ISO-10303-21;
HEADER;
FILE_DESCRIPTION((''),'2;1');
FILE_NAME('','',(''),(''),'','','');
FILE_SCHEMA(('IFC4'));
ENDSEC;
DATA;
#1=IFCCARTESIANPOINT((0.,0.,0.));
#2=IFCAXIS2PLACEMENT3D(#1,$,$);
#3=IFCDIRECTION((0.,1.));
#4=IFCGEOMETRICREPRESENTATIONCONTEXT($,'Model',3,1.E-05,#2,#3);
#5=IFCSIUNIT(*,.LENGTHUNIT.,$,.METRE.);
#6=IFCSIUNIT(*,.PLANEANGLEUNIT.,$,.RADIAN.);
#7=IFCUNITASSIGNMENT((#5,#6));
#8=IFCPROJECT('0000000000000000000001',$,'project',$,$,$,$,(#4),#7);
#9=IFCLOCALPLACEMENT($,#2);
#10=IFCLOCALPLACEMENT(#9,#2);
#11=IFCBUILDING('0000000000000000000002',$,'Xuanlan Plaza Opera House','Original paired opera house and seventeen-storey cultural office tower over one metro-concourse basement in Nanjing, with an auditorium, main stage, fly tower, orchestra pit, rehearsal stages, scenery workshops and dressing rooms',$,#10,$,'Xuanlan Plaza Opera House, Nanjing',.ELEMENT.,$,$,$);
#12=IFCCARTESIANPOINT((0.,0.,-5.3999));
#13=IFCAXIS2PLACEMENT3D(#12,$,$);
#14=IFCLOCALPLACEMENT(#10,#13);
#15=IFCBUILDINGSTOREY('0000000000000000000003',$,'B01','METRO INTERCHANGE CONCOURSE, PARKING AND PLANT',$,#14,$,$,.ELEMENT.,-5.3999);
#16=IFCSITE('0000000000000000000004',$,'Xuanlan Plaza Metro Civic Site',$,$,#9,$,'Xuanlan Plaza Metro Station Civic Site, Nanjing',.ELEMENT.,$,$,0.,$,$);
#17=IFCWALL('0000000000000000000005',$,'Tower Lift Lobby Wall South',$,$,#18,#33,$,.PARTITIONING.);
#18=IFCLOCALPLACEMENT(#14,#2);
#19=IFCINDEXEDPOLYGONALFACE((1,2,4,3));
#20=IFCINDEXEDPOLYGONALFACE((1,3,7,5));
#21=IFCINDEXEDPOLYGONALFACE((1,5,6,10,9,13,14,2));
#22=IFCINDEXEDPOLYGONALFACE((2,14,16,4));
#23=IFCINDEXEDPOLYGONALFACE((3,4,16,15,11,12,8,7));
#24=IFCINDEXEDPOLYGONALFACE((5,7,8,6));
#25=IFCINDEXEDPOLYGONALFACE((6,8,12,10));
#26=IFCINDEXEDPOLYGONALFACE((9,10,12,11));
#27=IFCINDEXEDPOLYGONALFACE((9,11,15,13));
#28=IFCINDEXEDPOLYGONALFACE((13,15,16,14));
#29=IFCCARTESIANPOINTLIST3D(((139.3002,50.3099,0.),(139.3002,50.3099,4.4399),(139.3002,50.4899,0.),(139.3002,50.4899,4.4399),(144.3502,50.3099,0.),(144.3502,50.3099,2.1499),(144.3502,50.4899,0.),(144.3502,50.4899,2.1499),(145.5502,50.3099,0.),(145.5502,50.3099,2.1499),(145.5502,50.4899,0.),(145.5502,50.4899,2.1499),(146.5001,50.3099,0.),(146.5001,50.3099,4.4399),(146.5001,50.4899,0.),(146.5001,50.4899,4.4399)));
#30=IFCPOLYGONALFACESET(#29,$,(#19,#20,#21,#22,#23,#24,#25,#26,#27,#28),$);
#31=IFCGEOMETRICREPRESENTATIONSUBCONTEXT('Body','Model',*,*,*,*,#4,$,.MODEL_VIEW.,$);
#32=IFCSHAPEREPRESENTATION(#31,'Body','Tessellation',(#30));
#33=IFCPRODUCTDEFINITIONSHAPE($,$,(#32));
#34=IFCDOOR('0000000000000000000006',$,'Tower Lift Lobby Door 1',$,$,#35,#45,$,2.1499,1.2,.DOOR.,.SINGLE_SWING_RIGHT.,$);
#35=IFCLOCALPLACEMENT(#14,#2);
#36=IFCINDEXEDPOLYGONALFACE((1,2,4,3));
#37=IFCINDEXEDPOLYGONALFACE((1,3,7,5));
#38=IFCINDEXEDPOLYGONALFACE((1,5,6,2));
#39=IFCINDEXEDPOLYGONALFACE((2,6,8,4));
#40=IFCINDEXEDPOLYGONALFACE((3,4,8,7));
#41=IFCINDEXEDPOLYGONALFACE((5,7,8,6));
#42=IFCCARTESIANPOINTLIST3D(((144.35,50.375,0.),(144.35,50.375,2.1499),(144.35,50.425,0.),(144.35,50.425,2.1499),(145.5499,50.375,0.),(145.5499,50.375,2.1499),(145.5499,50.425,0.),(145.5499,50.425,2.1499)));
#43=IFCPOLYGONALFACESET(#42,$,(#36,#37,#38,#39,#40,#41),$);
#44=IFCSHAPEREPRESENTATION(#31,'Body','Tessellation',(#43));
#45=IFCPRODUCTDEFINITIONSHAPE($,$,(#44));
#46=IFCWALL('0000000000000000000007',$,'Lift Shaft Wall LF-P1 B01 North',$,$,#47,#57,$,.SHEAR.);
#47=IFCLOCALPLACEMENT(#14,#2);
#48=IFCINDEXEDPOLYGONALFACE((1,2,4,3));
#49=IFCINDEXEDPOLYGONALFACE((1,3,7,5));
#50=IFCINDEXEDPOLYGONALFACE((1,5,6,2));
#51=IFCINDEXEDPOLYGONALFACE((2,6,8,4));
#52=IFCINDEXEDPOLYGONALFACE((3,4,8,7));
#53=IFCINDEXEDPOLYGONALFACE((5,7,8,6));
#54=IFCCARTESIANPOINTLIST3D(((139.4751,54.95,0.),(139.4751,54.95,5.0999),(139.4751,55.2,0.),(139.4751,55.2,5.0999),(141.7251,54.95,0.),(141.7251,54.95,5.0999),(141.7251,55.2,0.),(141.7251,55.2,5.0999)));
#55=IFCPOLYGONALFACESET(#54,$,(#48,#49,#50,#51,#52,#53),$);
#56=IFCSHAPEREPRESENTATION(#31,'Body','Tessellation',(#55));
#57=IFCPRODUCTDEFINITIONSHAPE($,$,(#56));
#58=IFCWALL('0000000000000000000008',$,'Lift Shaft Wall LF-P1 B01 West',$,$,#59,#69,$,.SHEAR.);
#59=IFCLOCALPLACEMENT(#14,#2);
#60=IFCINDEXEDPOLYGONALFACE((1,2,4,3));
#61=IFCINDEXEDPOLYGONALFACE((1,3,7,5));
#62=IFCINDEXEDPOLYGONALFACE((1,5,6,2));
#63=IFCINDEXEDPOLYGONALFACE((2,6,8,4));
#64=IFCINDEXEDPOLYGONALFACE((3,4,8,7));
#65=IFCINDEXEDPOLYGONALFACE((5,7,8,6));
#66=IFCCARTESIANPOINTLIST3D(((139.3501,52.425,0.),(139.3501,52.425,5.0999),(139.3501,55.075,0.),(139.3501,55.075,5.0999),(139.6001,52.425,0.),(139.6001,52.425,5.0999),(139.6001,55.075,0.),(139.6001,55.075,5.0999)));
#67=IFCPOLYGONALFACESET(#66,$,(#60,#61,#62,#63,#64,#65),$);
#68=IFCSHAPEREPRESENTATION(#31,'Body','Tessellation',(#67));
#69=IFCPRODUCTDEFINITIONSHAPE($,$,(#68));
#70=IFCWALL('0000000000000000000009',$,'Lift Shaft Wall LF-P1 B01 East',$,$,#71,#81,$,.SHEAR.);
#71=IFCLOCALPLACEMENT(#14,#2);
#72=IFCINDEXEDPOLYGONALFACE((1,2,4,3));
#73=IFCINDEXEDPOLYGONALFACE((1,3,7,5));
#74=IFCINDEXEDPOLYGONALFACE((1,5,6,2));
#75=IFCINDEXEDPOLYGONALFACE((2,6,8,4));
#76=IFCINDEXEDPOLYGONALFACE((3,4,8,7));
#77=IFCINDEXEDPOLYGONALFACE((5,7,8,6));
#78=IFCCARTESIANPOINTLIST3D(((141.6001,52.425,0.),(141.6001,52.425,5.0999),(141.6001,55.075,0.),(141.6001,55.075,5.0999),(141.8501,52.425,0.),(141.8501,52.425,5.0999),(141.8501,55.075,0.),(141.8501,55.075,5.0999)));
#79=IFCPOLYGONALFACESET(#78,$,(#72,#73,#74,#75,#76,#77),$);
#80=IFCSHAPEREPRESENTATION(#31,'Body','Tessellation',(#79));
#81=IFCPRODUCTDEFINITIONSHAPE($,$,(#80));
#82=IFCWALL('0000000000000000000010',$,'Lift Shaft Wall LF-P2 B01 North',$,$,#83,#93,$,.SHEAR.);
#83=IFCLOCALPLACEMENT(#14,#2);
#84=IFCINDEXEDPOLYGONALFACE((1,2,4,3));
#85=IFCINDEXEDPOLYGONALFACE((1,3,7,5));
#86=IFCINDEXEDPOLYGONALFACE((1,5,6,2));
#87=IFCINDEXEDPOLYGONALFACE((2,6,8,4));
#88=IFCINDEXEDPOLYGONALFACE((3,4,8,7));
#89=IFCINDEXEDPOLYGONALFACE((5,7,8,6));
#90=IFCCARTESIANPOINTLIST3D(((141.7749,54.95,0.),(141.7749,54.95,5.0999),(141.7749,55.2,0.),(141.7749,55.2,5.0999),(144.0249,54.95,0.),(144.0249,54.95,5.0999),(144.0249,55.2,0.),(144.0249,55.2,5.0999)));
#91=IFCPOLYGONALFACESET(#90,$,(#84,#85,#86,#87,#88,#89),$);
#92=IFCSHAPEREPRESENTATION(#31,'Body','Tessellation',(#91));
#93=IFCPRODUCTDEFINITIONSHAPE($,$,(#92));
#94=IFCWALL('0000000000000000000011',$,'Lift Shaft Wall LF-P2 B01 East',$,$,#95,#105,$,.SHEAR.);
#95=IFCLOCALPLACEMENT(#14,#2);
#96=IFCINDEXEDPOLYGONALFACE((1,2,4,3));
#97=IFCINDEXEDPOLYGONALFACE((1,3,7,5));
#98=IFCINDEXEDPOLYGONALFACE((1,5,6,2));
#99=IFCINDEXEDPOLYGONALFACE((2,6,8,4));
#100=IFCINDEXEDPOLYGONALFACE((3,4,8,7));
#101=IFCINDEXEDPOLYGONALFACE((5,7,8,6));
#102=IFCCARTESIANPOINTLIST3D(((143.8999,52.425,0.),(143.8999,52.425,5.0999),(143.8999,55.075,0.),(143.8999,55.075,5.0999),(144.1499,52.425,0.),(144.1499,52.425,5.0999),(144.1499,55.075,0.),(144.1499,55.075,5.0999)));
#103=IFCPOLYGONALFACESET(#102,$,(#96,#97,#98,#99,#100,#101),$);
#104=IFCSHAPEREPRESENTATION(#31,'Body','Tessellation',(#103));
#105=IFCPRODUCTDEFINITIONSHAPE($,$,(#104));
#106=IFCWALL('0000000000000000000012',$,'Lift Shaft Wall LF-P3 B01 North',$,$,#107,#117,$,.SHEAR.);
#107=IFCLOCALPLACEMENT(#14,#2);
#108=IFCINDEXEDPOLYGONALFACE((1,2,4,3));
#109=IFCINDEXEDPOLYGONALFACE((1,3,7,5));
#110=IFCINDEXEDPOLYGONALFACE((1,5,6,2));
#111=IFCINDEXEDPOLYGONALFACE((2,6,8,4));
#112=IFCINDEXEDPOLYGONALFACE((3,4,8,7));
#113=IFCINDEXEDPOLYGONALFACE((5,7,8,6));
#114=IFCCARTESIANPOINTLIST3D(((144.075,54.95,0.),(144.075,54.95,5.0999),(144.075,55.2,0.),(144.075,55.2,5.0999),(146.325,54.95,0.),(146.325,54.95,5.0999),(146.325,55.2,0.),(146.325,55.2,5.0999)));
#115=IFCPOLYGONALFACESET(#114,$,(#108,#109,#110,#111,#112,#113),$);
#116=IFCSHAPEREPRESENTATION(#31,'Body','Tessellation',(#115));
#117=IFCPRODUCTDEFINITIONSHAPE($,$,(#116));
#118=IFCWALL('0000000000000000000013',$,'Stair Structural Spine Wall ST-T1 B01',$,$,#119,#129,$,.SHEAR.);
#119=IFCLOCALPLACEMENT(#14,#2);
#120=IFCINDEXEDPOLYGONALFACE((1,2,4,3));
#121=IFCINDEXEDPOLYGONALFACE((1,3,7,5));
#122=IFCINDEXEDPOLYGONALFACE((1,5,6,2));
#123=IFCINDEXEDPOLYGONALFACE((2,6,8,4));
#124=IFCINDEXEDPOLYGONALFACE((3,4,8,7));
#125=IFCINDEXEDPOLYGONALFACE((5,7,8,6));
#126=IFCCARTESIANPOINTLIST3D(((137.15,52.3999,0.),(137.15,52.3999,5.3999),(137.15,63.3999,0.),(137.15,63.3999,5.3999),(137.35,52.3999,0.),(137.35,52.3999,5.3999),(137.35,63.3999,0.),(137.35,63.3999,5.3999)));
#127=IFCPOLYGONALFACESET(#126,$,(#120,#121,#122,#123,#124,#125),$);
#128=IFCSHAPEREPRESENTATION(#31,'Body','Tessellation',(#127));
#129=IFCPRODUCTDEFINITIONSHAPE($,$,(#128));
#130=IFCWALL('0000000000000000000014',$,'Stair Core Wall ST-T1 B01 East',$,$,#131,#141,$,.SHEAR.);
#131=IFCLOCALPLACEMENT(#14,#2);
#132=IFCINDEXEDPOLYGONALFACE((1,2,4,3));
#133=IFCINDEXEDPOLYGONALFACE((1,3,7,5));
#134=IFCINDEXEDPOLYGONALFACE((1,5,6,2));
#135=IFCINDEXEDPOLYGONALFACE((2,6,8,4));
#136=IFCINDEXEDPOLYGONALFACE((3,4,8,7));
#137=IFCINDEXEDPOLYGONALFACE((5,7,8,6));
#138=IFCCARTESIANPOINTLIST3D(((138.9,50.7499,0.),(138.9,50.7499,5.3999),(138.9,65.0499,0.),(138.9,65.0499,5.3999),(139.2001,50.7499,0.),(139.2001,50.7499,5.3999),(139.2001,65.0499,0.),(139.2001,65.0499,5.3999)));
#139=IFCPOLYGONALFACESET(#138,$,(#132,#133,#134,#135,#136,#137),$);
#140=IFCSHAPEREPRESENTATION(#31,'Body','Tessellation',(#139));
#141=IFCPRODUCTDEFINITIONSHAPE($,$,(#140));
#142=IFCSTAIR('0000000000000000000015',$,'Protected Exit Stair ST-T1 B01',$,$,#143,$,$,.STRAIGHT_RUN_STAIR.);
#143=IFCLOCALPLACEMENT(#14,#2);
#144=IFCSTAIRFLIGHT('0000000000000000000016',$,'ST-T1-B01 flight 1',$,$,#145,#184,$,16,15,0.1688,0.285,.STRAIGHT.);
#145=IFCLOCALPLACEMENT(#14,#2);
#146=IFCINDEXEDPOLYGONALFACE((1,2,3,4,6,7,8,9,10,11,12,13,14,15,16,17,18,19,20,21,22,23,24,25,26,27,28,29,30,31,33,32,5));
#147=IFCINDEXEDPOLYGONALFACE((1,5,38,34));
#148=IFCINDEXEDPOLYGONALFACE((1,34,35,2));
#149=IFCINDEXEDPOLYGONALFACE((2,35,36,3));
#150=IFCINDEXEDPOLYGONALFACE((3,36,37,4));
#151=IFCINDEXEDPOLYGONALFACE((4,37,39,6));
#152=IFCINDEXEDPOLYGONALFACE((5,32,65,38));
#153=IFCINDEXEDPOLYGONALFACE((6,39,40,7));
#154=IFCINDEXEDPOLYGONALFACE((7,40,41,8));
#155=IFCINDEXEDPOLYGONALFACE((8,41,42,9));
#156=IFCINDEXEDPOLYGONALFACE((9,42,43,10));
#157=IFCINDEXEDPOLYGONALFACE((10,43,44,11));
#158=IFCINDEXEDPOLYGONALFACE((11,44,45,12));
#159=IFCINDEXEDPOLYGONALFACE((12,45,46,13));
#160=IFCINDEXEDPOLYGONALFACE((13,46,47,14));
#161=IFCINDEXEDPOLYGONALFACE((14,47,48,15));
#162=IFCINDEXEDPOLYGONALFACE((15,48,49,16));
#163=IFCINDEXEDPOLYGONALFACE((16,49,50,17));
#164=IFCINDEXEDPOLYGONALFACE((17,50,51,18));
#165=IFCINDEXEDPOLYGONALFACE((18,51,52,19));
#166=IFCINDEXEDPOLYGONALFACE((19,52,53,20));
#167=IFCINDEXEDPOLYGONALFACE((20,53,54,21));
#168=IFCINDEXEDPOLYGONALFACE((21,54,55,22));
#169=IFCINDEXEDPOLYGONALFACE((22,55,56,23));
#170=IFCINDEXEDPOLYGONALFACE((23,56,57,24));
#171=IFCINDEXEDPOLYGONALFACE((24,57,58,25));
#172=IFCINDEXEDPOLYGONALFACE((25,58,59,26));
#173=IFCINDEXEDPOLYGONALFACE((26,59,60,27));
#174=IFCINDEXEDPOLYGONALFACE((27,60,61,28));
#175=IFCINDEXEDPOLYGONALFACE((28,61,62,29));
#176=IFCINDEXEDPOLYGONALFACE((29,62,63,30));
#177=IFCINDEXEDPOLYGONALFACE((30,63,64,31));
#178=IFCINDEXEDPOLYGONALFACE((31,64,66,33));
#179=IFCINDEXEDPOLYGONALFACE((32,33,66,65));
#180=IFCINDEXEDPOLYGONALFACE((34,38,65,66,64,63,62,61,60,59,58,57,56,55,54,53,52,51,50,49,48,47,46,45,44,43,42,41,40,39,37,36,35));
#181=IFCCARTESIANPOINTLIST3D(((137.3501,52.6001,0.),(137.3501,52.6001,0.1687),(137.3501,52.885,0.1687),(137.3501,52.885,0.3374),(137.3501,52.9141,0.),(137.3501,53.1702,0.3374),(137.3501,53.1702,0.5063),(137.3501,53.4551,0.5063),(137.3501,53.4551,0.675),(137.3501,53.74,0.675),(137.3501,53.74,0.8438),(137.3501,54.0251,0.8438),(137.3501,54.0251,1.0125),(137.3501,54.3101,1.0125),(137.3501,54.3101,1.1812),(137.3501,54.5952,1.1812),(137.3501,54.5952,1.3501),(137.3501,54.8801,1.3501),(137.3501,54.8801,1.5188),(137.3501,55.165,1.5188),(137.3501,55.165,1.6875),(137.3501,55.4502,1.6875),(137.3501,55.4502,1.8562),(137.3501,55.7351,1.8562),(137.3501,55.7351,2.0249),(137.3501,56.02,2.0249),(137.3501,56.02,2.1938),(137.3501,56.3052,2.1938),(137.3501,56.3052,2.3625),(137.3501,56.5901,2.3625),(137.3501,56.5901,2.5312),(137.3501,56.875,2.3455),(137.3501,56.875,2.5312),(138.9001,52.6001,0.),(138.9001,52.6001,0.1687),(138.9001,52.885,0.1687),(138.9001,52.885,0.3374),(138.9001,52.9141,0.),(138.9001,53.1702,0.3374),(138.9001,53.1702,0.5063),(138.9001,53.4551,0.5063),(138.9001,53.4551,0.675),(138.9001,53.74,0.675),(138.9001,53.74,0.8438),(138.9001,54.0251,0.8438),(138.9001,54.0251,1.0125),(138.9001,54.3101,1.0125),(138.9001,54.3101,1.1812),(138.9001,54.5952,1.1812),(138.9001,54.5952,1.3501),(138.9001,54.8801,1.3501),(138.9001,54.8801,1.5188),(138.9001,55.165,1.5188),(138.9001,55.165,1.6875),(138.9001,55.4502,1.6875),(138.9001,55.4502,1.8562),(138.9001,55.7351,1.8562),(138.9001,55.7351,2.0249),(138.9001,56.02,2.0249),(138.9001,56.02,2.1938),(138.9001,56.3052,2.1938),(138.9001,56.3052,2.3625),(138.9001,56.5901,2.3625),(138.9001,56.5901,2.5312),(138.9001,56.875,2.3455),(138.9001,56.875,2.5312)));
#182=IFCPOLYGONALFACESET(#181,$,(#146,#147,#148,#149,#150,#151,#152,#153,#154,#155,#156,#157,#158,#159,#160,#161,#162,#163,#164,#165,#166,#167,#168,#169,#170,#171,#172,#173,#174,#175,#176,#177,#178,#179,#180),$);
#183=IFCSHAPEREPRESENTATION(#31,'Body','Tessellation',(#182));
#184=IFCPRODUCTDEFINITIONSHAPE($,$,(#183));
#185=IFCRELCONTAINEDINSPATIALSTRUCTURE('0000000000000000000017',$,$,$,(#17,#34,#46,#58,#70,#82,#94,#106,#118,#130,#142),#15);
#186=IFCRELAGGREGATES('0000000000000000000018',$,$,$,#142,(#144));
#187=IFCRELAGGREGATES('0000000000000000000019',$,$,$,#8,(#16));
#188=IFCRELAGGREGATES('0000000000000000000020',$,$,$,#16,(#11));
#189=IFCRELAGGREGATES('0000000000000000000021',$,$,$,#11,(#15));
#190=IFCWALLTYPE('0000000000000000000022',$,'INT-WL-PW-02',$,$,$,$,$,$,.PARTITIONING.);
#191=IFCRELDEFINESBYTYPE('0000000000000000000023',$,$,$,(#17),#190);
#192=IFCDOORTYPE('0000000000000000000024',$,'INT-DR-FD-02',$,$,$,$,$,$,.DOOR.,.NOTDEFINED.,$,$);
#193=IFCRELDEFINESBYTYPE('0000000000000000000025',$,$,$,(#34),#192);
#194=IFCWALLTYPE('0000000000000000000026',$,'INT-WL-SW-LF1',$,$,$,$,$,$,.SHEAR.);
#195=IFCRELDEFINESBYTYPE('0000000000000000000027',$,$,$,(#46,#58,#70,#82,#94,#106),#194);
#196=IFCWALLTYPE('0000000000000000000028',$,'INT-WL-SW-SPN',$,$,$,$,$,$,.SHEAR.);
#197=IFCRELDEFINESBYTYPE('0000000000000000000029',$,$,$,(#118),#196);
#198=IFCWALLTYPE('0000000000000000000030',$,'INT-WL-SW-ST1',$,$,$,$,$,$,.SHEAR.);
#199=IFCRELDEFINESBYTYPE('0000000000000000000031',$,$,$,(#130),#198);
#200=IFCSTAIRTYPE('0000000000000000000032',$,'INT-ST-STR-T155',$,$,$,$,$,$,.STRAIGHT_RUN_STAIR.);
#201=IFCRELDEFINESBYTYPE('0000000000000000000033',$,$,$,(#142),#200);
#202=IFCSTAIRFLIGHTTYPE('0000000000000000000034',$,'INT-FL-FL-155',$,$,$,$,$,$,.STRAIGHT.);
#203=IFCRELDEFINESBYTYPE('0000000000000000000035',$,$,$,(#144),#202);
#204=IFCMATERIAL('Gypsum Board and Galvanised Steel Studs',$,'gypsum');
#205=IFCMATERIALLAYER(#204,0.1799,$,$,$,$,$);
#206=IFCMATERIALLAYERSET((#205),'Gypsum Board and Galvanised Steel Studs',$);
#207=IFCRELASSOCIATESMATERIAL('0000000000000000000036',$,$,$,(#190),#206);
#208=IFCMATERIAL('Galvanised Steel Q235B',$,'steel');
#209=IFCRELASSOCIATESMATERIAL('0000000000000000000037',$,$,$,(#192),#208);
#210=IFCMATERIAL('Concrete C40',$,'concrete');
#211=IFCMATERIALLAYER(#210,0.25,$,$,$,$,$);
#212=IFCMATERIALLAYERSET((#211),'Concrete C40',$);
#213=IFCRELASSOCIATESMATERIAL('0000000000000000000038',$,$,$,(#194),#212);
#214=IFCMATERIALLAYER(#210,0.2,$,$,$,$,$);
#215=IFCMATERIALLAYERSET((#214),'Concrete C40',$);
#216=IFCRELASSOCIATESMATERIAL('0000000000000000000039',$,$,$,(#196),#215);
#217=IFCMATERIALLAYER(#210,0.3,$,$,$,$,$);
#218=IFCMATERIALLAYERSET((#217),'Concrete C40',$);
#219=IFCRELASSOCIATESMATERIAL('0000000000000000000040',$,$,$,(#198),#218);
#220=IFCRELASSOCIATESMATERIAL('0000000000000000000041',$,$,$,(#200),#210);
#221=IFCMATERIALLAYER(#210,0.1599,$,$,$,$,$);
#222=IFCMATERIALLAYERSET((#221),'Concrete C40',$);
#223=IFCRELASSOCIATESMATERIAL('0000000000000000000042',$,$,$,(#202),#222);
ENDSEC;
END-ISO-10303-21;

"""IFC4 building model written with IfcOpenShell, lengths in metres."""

from ifc_helpers import new_model, si_unit, direction, frame, frame_2d, origin, place, context, subcontext, project, spatial, polyline, rectangle, outline, extrude, material, layer, layer_set, type_object, element, fill, aggregate, save


model = new_model("IFC4")

# Units and contexts
model_context = context("Model", 3, precision=1e-05, world=origin(), true_north=direction((0.0, 1.0)))
body_context = subcontext(model_context, "Body", "Model", "MODEL_VIEW")
ifc_project = project(units=[si_unit("LENGTHUNIT", "METRE"), si_unit("PLANEANGLEUNIT", "RADIAN")], contexts=[model_context])

# Site, building, storey
site_placement = place(None, origin())
site = spatial("IfcSite", under=ifc_project, at=site_placement, Name="Xuanlan Plaza Metro Civic Site", LongName="Xuanlan Plaza Metro Station Civic Site, Nanjing", CompositionType="ELEMENT", RefElevation=0.0)
building_placement = place(site_placement, origin())
building = spatial("IfcBuilding", under=site, at=building_placement, Name="Xuanlan Plaza Opera House", Description="Original paired opera house and seventeen-storey cultural office tower over one metro-concourse basement in Nanjing, with an auditorium, main stage, fly tower, orchestra pit, rehearsal stages, scenery workshops and dressing rooms", LongName="Xuanlan Plaza Opera House, Nanjing", CompositionType="ELEMENT")
storey_placement = place(building_placement, frame((0.0, 0.0, -5.3999)))
storey = spatial("IfcBuildingStorey", under=building, at=storey_placement, Name="B01", Description="METRO INTERCHANGE CONCOURSE, PARKING AND PLANT", CompositionType="ELEMENT", Elevation=-5.3999)

# Shared definitions
ifc_material_1 = material(Name="Concrete C40", Category="concrete")

# Wall, opening, door
ifc_material_2 = material(Name="Gypsum Board and Galvanised Steel Studs", Category="gypsum")
ifc_layer_1 = layer(ifc_material_2, 0.1799)
ifc_layer_set_1 = layer_set([ifc_layer_1], Name="Gypsum Board and Galvanised Steel Studs")
wall_type_1 = type_object("IfcWallType", Name="INT-WL-PW-02", PredefinedType="PARTITIONING", material=ifc_layer_set_1)
wall_1_placement = place(storey_placement, frame((139.3, 50.3999, 0.0), z_axis=(0.0, 0.0, 1.0), x_axis=(1.0, 0.0, 0.0)))
wall_1 = element("IfcWall", 1, at=wall_1_placement, inside=storey, type_object=wall_type_1, Name="Tower Lift Lobby Wall South", PredefinedType="PARTITIONING", context=body_context, shape_type="SweptSolid", body=[
    extrude(rectangle(XDim=7.2, YDim=0.1799, at=frame_2d((3.6001, 0.0))), origin(), (0.0, 0.0, 1.0), 4.4399),
])
opening_1_placement = place(wall_1_placement, frame((5.05, 0.0, 0.0)))
opening_1 = element("IfcOpeningElement", 2, at=opening_1_placement, cuts=wall_1, PredefinedType="OPENING", context=body_context, shape_type="SweptSolid", body=[
    extrude(rectangle(XDim=1.2, YDim=2.1499, at=frame_2d((0.6001, 1.075))), frame((0.0, 0.0999, 0.0), z_axis=(0.0, -1.0, 0.0), x_axis=(1.0, 0.0, 0.0)), (0.0, 0.0, 1.0), 0.2),
])
ifc_material_3 = material(Name="Galvanised Steel Q235B", Category="steel")
door_type_1 = type_object("IfcDoorType", Name="INT-DR-FD-02", OperationType="NOTDEFINED", PredefinedType="DOOR", material=ifc_material_3)
door_1_placement = place(opening_1_placement, frame((1.2, 0.0, 0.0), z_axis=(0.0, 0.0, 1.0), x_axis=(-1.0, 0.0, 0.0)))
door_1 = element("IfcDoor", 3, at=door_1_placement, inside=storey, type_object=door_type_1, Name="Tower Lift Lobby Door 1", OperationType="SINGLE_SWING_RIGHT", OverallHeight=2.1499, OverallWidth=1.2, PredefinedType="DOOR", context=body_context, shape_type="SweptSolid", body=[
    extrude(rectangle(XDim=1.2, YDim=2.1499, at=frame_2d((0.6001, 1.075))), frame((0.0, 0.0249, 0.0), z_axis=(0.0, -1.0, 0.0), x_axis=(1.0, 0.0, 0.0)), (0.0, 0.0, 1.0), 0.05),
])
fill(opening_1, door_1)
ifc_layer_2 = layer(ifc_material_1, 0.25)
ifc_layer_set_2 = layer_set([ifc_layer_2], Name="Concrete C40")
wall_type_2 = type_object("IfcWallType", Name="INT-WL-SW-LF1", PredefinedType="SHEAR", material=ifc_layer_set_2)

# Walls
wall_2_placement = place(storey_placement, frame((139.4751, 55.075, 0.0), z_axis=(0.0, 0.0, 1.0), x_axis=(1.0, 0.0, 0.0)))
element("IfcWall", 4, at=wall_2_placement, inside=storey, type_object=wall_type_2, Name="Lift Shaft Wall LF-P1 B01 North", PredefinedType="SHEAR", context=body_context, shape_type="SweptSolid", body=[
    extrude(rectangle(XDim=2.25, YDim=0.25, at=frame_2d((1.125, 0.0))), origin(), (0.0, 0.0, 1.0), 5.0999),
])
for number, where, z_axis, x_axis, name in (
    (5, (139.4751, 52.425, 0.0), (0.0, 0.0, 1.0), (0.0, 1.0, 0.0), "Lift Shaft Wall LF-P1 B01 West"),
    (6, (141.7251, 52.425, 0.0), (0.0, 0.0, 1.0), (0.0, 1.0, 0.0), "Lift Shaft Wall LF-P1 B01 East"),
):
    element("IfcWall", number, at=place(storey_placement, frame(where, z_axis=z_axis, x_axis=x_axis)), inside=storey, type_object=wall_type_2, Name=name, PredefinedType="SHEAR", context=body_context, shape_type="SweptSolid", body=[
        extrude(rectangle(XDim=2.6499, YDim=0.25, at=frame_2d((1.325, 0.0))), origin(), (0.0, 0.0, 1.0), 5.0999),
    ])

# Walls
wall_3_placement = place(storey_placement, frame((141.7749, 55.075, 0.0), z_axis=(0.0, 0.0, 1.0), x_axis=(1.0, 0.0, 0.0)))
element("IfcWall", 7, at=wall_3_placement, inside=storey, type_object=wall_type_2, Name="Lift Shaft Wall LF-P2 B01 North", PredefinedType="SHEAR", context=body_context, shape_type="SweptSolid", body=[
    extrude(rectangle(XDim=2.25, YDim=0.25, at=frame_2d((1.125, 0.0))), origin(), (0.0, 0.0, 1.0), 5.0999),
])
wall_4_placement = place(storey_placement, frame((144.0249, 52.425, 0.0), z_axis=(0.0, 0.0, 1.0), x_axis=(0.0, 1.0, 0.0)))
element("IfcWall", 8, at=wall_4_placement, inside=storey, type_object=wall_type_2, Name="Lift Shaft Wall LF-P2 B01 East", PredefinedType="SHEAR", context=body_context, shape_type="SweptSolid", body=[
    extrude(rectangle(XDim=2.6499, YDim=0.25, at=frame_2d((1.325, 0.0))), origin(), (0.0, 0.0, 1.0), 5.0999),
])

# Walls
wall_5_placement = place(storey_placement, frame((144.075, 55.075, 0.0), z_axis=(0.0, 0.0, 1.0), x_axis=(1.0, 0.0, 0.0)))
element("IfcWall", 9, at=wall_5_placement, inside=storey, type_object=wall_type_2, Name="Lift Shaft Wall LF-P3 B01 North", PredefinedType="SHEAR", context=body_context, shape_type="SweptSolid", body=[
    extrude(rectangle(XDim=2.25, YDim=0.25, at=frame_2d((1.125, 0.0))), origin(), (0.0, 0.0, 1.0), 5.0999),
])
ifc_layer_3 = layer(ifc_material_1, 0.2)
ifc_layer_set_3 = layer_set([ifc_layer_3], Name="Concrete C40")
wall_type_3 = type_object("IfcWallType", Name="INT-WL-SW-SPN", PredefinedType="SHEAR", material=ifc_layer_set_3)
wall_6_placement = place(storey_placement, frame((137.25, 52.3999, 0.0), z_axis=(0.0, 0.0, 1.0), x_axis=(0.0, 1.0, 0.0)))
element("IfcWall", 10, at=wall_6_placement, inside=storey, type_object=wall_type_3, Name="Stair Structural Spine Wall ST-T1 B01", PredefinedType="SHEAR", context=body_context, shape_type="SweptSolid", body=[
    extrude(rectangle(XDim=11.0, YDim=0.2, at=frame_2d((5.5, 0.0))), origin(), (0.0, 0.0, 1.0), 5.3999),
])
ifc_layer_4 = layer(ifc_material_1, 0.3)
ifc_layer_set_4 = layer_set([ifc_layer_4], Name="Concrete C40")
wall_type_4 = type_object("IfcWallType", Name="INT-WL-SW-ST1", PredefinedType="SHEAR", material=ifc_layer_set_4)
wall_7_placement = place(storey_placement, frame((139.05, 50.75, 0.0), z_axis=(0.0, 0.0, 1.0), x_axis=(0.0, 1.0, 0.0)))
element("IfcWall", 11, at=wall_7_placement, inside=storey, type_object=wall_type_4, Name="Stair Core Wall ST-T1 B01 East", PredefinedType="SHEAR", context=body_context, shape_type="SweptSolid", body=[
    extrude(rectangle(XDim=14.3, YDim=0.3, at=frame_2d((7.1499, 0.0))), origin(), (0.0, 0.0, 1.0), 5.3999),
])

# Stair, stair flight
stair_type = type_object("IfcStairType", Name="INT-ST-STR-T155", PredefinedType="STRAIGHT_RUN_STAIR", material=ifc_material_1)
stair_placement = place(storey_placement, origin())
stair = element("IfcStair", 12, at=stair_placement, inside=storey, type_object=stair_type, Name="Protected Exit Stair ST-T1 B01", PredefinedType="STRAIGHT_RUN_STAIR")
ifc_layer_5 = layer(ifc_material_1, 0.1599)
ifc_layer_set_5 = layer_set([ifc_layer_5], Name="Concrete C40")
stair_flight_type = type_object("IfcStairFlightType", Name="INT-FL-FL-155", PredefinedType="STRAIGHT", material=ifc_layer_set_5)
stair_flight_placement = place(storey_placement, frame((138.125, 52.6001, 0.0), z_axis=(0.0, 0.0, 1.0), x_axis=(0.0, 1.0, 0.0)))
stair_flight = element("IfcStairFlight", 13, at=stair_flight_placement, type_object=stair_flight_type, Name="ST-T1-B01 flight 1", NumberOfRisers=16, NumberOfTreads=15, PredefinedType="STRAIGHT", RiserHeight=0.1688, TreadLength=0.285, context=body_context, shape_type="SweptSolid", body=[
    extrude(outline(polyline([(0.0, 0.0), (0.0, 0.1687), (0.2849, 0.1687), (0.2849, 0.3374), (0.5701, 0.3374), (0.5701, 0.5063), (0.855, 0.5063), (0.855, 0.675), (1.1399, 0.675), (1.1399, 0.8438), (1.425, 0.8438), (1.425, 1.0125), (1.71, 1.0125), (1.71, 1.1812), (1.9951, 1.1812), (1.9951, 1.3501), (2.28, 1.3501), (2.28, 1.5188), (2.5649, 1.5188), (2.5649, 1.6875), (2.8501, 1.6875), (2.8501, 1.8562), (3.135, 1.8562), (3.135, 2.0249), (3.4199, 2.0249), (3.4199, 2.1938), (3.7051, 2.1938), (3.7051, 2.3625), (3.99, 2.3625), (3.99, 2.5312), (4.2749, 2.5312), (4.2749, 2.7), (4.2749, 2.3455), (0.314, 0.0), (0.0, 0.0)])), frame((0.0, 0.7749, 0.0), z_axis=(0.0, -1.0, 0.0), x_axis=(1.0, 0.0, 0.0)), (0.0, 0.0, 1.0), 1.55),
])
aggregate(stair, [stair_flight])

save(model, "model.ifc")
